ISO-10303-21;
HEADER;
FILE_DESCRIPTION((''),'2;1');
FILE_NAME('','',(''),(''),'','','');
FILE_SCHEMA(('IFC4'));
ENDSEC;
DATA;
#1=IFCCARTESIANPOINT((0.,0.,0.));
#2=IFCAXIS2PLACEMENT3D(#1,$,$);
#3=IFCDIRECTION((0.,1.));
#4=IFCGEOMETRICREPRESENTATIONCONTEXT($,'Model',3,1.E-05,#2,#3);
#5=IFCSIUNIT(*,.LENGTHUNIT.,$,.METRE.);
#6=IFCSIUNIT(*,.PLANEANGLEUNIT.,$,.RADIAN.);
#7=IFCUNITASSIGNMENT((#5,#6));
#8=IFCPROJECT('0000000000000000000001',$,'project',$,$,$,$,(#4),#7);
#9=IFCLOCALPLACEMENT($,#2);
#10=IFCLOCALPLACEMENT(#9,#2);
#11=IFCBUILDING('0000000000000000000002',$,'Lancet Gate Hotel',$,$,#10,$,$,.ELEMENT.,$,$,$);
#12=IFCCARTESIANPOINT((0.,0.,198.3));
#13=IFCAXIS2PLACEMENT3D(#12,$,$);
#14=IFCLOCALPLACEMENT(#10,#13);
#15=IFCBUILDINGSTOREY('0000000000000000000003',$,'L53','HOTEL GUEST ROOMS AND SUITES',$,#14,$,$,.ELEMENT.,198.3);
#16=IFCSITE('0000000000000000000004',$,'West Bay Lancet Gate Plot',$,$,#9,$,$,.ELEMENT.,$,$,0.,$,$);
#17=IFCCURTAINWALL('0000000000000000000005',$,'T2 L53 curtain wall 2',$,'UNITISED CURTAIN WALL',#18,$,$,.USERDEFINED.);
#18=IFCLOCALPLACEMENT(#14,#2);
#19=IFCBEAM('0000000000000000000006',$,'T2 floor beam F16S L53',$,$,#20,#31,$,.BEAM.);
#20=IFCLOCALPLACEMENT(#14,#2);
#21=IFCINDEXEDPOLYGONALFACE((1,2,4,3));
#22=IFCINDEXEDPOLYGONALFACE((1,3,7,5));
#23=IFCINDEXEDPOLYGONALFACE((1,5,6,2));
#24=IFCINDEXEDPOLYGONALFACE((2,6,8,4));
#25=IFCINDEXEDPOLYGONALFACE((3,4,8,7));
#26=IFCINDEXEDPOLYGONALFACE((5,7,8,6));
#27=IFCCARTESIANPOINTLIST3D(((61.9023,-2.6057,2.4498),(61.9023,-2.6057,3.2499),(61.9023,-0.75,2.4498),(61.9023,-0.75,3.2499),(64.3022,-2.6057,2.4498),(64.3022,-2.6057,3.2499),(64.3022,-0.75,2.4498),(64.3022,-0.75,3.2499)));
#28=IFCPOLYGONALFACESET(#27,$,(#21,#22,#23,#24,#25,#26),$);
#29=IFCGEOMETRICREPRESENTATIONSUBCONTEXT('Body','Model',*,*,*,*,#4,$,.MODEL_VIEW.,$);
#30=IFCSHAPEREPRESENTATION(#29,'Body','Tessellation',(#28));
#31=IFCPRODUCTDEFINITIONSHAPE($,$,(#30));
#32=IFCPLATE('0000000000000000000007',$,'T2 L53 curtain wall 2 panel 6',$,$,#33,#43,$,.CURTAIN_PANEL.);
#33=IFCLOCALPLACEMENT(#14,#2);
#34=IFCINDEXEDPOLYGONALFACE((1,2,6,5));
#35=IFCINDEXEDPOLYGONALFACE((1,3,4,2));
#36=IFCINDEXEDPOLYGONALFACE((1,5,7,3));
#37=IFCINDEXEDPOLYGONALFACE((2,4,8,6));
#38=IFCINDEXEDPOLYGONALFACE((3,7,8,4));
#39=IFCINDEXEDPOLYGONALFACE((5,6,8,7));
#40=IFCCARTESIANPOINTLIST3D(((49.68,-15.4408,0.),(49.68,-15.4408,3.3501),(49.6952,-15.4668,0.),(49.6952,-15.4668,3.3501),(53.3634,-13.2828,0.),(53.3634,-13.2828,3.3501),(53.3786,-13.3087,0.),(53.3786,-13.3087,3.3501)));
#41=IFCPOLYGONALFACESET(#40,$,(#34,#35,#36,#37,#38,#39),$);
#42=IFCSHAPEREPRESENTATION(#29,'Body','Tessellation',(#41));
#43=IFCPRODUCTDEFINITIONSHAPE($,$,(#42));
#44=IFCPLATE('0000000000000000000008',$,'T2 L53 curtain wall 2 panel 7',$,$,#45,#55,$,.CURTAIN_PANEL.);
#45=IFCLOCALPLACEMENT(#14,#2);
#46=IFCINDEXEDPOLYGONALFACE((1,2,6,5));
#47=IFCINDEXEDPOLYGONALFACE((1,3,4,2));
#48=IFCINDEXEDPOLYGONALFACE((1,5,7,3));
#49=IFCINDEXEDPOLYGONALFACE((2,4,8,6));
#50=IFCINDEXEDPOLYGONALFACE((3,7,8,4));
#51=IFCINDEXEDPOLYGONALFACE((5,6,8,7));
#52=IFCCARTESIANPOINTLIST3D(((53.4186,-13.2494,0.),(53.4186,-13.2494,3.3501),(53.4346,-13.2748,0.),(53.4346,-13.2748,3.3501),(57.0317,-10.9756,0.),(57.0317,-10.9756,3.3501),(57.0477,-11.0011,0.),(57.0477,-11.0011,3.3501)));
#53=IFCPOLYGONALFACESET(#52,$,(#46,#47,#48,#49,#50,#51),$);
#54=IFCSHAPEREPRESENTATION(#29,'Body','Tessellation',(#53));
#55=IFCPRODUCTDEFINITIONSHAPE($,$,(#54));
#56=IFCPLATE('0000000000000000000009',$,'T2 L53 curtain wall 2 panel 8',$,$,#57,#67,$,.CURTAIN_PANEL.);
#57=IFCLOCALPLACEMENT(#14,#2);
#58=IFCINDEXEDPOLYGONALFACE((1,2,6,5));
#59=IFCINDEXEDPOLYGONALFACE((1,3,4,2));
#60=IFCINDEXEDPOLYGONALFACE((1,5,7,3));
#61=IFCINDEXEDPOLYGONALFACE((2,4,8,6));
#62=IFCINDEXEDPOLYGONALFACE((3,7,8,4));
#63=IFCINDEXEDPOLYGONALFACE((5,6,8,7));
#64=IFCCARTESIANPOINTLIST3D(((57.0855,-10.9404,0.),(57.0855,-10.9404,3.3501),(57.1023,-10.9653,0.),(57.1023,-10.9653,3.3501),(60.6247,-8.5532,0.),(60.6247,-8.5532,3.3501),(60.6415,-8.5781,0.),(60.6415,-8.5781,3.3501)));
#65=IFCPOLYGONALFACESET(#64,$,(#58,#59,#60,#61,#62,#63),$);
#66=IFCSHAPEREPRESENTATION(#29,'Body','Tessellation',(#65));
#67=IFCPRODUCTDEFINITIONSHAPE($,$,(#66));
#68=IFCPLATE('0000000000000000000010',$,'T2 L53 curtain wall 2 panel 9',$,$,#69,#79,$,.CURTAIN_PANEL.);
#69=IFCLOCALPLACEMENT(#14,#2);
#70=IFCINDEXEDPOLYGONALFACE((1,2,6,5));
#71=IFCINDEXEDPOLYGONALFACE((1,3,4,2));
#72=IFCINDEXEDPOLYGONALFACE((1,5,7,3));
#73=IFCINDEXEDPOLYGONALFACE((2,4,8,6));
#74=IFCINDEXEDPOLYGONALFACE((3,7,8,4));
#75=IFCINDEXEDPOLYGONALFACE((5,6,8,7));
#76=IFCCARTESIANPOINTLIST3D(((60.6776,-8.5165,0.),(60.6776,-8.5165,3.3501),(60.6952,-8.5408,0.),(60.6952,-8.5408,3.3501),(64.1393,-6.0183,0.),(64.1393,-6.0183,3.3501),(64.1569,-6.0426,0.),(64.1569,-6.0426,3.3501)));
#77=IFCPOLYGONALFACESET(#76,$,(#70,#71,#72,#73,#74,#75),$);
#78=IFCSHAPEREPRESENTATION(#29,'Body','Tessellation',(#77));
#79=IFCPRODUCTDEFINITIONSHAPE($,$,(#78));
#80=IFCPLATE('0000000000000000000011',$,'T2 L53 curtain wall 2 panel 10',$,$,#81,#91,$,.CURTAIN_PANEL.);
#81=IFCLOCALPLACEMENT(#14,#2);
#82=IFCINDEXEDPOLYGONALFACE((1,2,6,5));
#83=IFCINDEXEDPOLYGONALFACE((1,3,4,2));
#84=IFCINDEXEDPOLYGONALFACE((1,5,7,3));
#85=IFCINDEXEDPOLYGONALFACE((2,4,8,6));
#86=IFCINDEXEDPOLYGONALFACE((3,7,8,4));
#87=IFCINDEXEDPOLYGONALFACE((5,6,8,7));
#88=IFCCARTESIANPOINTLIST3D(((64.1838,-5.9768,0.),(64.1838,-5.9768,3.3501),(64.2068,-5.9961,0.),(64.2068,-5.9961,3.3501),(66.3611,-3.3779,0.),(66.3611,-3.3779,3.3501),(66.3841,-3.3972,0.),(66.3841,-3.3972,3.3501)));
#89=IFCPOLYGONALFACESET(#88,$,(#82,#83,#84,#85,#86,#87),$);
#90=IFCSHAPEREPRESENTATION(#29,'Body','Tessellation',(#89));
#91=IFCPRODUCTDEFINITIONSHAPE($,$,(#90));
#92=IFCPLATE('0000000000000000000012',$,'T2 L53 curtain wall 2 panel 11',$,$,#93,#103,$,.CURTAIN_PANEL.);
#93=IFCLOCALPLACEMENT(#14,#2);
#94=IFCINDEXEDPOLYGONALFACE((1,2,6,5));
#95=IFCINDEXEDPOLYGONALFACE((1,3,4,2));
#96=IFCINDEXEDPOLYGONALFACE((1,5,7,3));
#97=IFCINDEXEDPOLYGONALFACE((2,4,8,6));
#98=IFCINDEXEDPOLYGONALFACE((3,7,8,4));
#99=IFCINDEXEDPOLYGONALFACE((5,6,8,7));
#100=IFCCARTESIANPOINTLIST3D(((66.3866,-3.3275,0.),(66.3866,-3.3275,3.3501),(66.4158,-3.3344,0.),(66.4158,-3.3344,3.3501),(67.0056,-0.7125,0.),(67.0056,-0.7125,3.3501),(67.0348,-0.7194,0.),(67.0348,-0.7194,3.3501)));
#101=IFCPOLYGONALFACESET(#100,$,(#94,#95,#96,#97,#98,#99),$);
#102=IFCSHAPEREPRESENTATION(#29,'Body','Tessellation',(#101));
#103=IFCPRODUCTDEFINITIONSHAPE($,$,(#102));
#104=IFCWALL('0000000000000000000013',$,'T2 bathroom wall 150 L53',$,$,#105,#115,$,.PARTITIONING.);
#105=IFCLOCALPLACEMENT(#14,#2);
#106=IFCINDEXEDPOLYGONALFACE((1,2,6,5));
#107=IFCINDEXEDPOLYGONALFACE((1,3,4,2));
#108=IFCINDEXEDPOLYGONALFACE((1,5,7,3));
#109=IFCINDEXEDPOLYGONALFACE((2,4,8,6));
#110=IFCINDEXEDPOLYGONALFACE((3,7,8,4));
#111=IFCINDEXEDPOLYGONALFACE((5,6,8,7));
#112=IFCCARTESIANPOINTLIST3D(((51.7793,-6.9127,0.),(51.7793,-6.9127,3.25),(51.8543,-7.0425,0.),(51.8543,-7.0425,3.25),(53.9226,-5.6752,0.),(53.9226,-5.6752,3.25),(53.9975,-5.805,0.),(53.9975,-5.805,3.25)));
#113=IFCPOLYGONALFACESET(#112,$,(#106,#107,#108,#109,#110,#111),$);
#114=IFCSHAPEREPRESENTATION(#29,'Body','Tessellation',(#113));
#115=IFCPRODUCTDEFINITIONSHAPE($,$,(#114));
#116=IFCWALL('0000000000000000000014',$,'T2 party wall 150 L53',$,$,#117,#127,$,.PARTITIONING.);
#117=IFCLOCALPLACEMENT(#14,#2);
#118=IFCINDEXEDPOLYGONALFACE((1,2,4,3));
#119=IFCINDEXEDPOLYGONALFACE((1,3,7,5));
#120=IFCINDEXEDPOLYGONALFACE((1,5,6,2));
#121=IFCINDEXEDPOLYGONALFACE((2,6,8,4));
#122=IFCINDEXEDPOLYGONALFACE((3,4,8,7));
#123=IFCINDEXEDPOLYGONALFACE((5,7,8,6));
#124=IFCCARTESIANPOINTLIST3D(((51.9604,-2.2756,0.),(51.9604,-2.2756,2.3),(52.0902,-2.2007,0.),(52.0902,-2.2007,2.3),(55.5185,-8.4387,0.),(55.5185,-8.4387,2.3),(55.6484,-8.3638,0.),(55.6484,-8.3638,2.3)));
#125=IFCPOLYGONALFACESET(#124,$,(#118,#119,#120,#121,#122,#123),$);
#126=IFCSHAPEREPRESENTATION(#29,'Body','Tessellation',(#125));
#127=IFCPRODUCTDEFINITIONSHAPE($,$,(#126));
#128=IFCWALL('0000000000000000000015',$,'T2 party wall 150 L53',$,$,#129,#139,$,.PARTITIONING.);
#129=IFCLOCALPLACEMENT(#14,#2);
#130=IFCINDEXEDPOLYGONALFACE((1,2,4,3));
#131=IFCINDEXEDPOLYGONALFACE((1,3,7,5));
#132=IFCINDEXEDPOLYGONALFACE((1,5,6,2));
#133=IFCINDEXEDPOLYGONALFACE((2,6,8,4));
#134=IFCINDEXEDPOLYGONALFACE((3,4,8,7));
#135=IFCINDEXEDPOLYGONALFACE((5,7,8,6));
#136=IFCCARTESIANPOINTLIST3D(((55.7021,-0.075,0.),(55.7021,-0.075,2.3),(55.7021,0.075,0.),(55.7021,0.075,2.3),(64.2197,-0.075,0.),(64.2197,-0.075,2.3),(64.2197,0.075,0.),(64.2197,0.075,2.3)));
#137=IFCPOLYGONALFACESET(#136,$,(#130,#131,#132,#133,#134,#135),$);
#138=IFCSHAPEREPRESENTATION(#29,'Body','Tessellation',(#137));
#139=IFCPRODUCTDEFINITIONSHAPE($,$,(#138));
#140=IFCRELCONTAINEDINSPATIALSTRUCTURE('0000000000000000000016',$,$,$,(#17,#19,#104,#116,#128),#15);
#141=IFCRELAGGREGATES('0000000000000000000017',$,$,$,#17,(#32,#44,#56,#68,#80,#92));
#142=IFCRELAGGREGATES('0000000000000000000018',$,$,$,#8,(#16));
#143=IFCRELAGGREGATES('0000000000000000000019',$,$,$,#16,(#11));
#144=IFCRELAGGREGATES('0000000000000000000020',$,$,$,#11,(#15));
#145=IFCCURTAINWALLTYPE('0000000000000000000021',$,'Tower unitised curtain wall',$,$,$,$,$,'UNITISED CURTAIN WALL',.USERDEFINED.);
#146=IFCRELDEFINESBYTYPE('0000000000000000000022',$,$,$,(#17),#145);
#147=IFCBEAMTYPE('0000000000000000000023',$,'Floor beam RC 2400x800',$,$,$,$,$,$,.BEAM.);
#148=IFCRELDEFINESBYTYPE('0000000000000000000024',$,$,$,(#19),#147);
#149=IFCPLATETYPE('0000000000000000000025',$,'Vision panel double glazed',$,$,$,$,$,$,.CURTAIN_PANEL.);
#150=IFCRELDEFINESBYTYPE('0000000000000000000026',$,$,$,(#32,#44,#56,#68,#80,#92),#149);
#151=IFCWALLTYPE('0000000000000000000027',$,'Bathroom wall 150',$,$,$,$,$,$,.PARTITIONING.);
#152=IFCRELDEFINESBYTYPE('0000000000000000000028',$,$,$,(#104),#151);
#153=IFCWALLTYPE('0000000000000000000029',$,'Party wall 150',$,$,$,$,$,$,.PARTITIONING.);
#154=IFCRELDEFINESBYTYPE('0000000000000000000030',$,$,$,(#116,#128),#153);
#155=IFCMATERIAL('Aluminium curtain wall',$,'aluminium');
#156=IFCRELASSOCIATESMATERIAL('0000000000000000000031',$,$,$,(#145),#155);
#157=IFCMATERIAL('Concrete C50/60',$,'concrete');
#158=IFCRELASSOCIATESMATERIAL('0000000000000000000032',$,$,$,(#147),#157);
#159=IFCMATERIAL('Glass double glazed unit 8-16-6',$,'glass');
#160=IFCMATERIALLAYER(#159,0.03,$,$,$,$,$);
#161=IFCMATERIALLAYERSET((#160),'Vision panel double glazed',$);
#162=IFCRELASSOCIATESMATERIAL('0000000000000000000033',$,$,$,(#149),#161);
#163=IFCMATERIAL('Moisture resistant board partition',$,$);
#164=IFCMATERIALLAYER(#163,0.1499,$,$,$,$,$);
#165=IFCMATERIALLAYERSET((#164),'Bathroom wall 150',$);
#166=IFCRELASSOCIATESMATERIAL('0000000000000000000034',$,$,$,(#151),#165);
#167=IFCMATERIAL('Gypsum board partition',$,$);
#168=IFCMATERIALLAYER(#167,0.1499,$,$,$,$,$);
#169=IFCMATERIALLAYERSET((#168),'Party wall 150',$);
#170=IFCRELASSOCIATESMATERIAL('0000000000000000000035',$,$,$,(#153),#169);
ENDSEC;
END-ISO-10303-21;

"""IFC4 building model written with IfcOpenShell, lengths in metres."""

from ifc_helpers import new_model, si_unit, direction, frame, frame_2d, origin, origin_2d, place, context, subcontext, project, spatial, rectangle, extrude, material, layer, layer_set, material_profile, profile_set, type_object, element, aggregate, save


model = new_model("IFC4")

# Units and contexts
model_context = context("Model", 3, precision=1e-05, world=origin(), true_north=direction((0.0, 1.0)))
body_context = subcontext(model_context, "Body", "Model", "MODEL_VIEW")
ifc_project = project(units=[si_unit("LENGTHUNIT", "METRE"), si_unit("PLANEANGLEUNIT", "RADIAN")], contexts=[model_context])

# Site, building, storey
site_placement = place(None, origin())
site = spatial("IfcSite", under=ifc_project, at=site_placement, Name="West Bay Lancet Gate Plot", CompositionType="ELEMENT", RefElevation=0.0)
building_placement = place(site_placement, origin())
building = spatial("IfcBuilding", under=site, at=building_placement, Name="Lancet Gate Hotel", CompositionType="ELEMENT")
storey_placement = place(building_placement, frame((0.0, 0.0, 198.3)))
storey = spatial("IfcBuildingStorey", under=building, at=storey_placement, Name="L53", Description="HOTEL GUEST ROOMS AND SUITES", CompositionType="ELEMENT", Elevation=198.3)

# Curtain wall
ifc_material_1 = material(Name="Aluminium curtain wall", Category="aluminium")
curtain_wall_type = type_object("IfcCurtainWallType", Name="Tower unitised curtain wall", ElementType="UNITISED CURTAIN WALL", PredefinedType="USERDEFINED", material=ifc_material_1)
curtain_wall_placement = place(storey_placement, origin())
curtain_wall = element("IfcCurtainWall", 1, at=curtain_wall_placement, inside=storey, type_object=curtain_wall_type, Name="T2 L53 curtain wall 2", ObjectType="UNITISED CURTAIN WALL", PredefinedType="USERDEFINED")

# Beam
ifc_material_2 = material(Name="Concrete C50/60", Category="concrete")
ifc_material_profile_1 = material_profile(ifc_material_2, rectangle(XDim=2.3999, YDim=0.8, at=origin_2d()), Name="RC 2400x800")
ifc_profile_set_1 = profile_set([ifc_material_profile_1], Name="Concrete C50/60")
beam_type_1 = type_object("IfcBeamType", Name="Floor beam RC 2400x800", PredefinedType="BEAM", material=ifc_profile_set_1)
beam_1_placement = place(storey_placement, frame((63.1023, -2.6057, 2.8499), z_axis=(0.0, 1.0, 0.0), x_axis=(-1.0, 0.0, 0.0)))
element("IfcBeam", 2, at=beam_1_placement, inside=storey, type_object=beam_type_1, Name="T2 floor beam F16S L53", PredefinedType="BEAM", context=body_context, shape_type="SweptSolid", body=[
    extrude(rectangle(XDim=2.3999, YDim=0.8, at=origin_2d()), origin(), (0.0, 0.0, 1.0), 1.8557),
])

# Plates
ifc_material_3 = material(Name="Glass double glazed unit 8-16-6", Category="glass")
ifc_layer_1 = layer(ifc_material_3, 0.03)
ifc_layer_set_1 = layer_set([ifc_layer_1], Name="Vision panel double glazed")
plate_type = type_object("IfcPlateType", Name="Vision panel double glazed", PredefinedType="CURTAIN_PANEL", material=ifc_layer_set_1)
plate_1_placement = place(storey_placement, frame((51.5293, -14.3748, 0.0), z_axis=(0.0, 0.0, 1.0), x_axis=(0.862815, 0.50552, 0.0)))
plate_1 = element("IfcPlate", 3, at=plate_1_placement, type_object=plate_type, Name="T2 L53 curtain wall 2 panel 6", PredefinedType="CURTAIN_PANEL", context=body_context, shape_type="SweptSolid", body=[
    extrude(rectangle(XDim=4.269, YDim=0.03, at=origin_2d()), origin(), (0.0, 0.0, 1.0), 3.3501),
])
plate_2_placement = place(storey_placement, frame((55.2332, -12.1252, 0.0), z_axis=(0.0, 0.0, 1.0), x_axis=(0.846352, 0.532623, 0.0)))
plate_2 = element("IfcPlate", 4, at=plate_2_placement, type_object=plate_type, Name="T2 L53 curtain wall 2 panel 7", PredefinedType="CURTAIN_PANEL", context=body_context, shape_type="SweptSolid", body=[
    extrude(rectangle(XDim=4.269, YDim=0.03, at=origin_2d()), origin(), (0.0, 0.0, 1.0), 3.3501),
])
plate_3_placement = place(storey_placement, frame((58.8635, -9.7593, 0.0), z_axis=(0.0, 0.0, 1.0), x_axis=(0.829039, 0.559191, 0.0)))
plate_3 = element("IfcPlate", 5, at=plate_3_placement, type_object=plate_type, Name="T2 L53 curtain wall 2 panel 8", PredefinedType="CURTAIN_PANEL", context=body_context, shape_type="SweptSolid", body=[
    extrude(rectangle(XDim=4.269, YDim=0.03, at=origin_2d()), origin(), (0.0, 0.0, 1.0), 3.3501),
])
plate_4_placement = place(storey_placement, frame((62.4172, -7.2795, 0.0), z_axis=(0.0, 0.0, 1.0), x_axis=(0.810891, 0.585197, 0.0)))
plate_4 = element("IfcPlate", 6, at=plate_4_placement, type_object=plate_type, Name="T2 L53 curtain wall 2 panel 9", PredefinedType="CURTAIN_PANEL", context=body_context, shape_type="SweptSolid", body=[
    extrude(rectangle(XDim=4.269, YDim=0.03, at=origin_2d()), origin(), (0.0, 0.0, 1.0), 3.3501),
])
plate_5_placement = place(storey_placement, frame((65.2839, -4.687, 0.0), z_axis=(0.0, 0.0, 1.0), x_axis=(0.642199, 0.766538, 0.0)))
plate_5 = element("IfcPlate", 7, at=plate_5_placement, type_object=plate_type, Name="T2 L53 curtain wall 2 panel 10", PredefinedType="CURTAIN_PANEL", context=body_context, shape_type="SweptSolid", body=[
    extrude(rectangle(XDim=3.3904, YDim=0.03, at=origin_2d()), origin(), (0.0, 0.0, 1.0), 3.3501),
])
plate_6_placement = place(storey_placement, frame((66.7107, -2.0234, 0.0), z_axis=(0.0, 0.0, 1.0), x_axis=(0.230367, 0.973104, 0.0)))
plate_6 = element("IfcPlate", 8, at=plate_6_placement, type_object=plate_type, Name="T2 L53 curtain wall 2 panel 11", PredefinedType="CURTAIN_PANEL", context=body_context, shape_type="SweptSolid", body=[
    extrude(rectangle(XDim=2.6873, YDim=0.03, at=origin_2d()), origin(), (0.0, 0.0, 1.0), 3.3501),
])
aggregate(curtain_wall, [plate_1, plate_2, plate_3, plate_4, plate_5, plate_6])

# Walls
ifc_material_4 = material(Name="Moisture resistant board partition")
ifc_layer_2 = layer(ifc_material_4, 0.1499)
ifc_layer_set_2 = layer_set([ifc_layer_2], Name="Bathroom wall 150")
wall_type_1 = type_object("IfcWallType", Name="Bathroom wall 150", PredefinedType="PARTITIONING", material=ifc_layer_set_2)
wall_1_placement = place(storey_placement, frame((51.8169, -6.9775, 0.0), z_axis=(0.0, 0.0, 1.0), x_axis=(0.866007, 0.500033, 0.0)))
element("IfcWall", 9, at=wall_1_placement, inside=storey, type_object=wall_type_1, Name="T2 bathroom wall 150 L53", PredefinedType="PARTITIONING", context=body_context, shape_type="SweptSolid", body=[
    extrude(rectangle(XDim=2.4749, YDim=0.1499, at=frame_2d((1.2373, 0.0))), origin(), (0.0, 0.0, 1.0), 3.25),
])
ifc_material_5 = material(Name="Gypsum board partition")
ifc_layer_3 = layer(ifc_material_5, 0.1499)
ifc_layer_set_3 = layer_set([ifc_layer_3], Name="Party wall 150")
wall_type_2 = type_object("IfcWallType", Name="Party wall 150", PredefinedType="PARTITIONING", material=ifc_layer_set_3)
wall_2_placement = place(storey_placement, frame((52.0254, -2.2383, 0.0), z_axis=(0.0, 0.0, 1.0), x_axis=(0.499984, -0.866035, 0.0)))
element("IfcWall", 10, at=wall_2_placement, inside=storey, type_object=wall_type_2, Name="T2 party wall 150 L53", PredefinedType="PARTITIONING", context=body_context, shape_type="SweptSolid", body=[
    extrude(rectangle(XDim=7.1165, YDim=0.1499, at=frame_2d((3.5581, 0.0))), origin(), (0.0, 0.0, 1.0), 2.3),
])
wall_3_placement = place(storey_placement, frame((55.7021, 0.0, 0.0), z_axis=(0.0, 0.0, 1.0), x_axis=(1.0, 0.0, 0.0)))
element("IfcWall", 11, at=wall_3_placement, inside=storey, type_object=wall_type_2, Name="T2 party wall 150 L53", PredefinedType="PARTITIONING", context=body_context, shape_type="SweptSolid", body=[
    extrude(rectangle(XDim=8.5176, YDim=0.1499, at=frame_2d((4.2588, 0.0))), origin(), (0.0, 0.0, 1.0), 2.3),
])

save(model, "model.ifc")
